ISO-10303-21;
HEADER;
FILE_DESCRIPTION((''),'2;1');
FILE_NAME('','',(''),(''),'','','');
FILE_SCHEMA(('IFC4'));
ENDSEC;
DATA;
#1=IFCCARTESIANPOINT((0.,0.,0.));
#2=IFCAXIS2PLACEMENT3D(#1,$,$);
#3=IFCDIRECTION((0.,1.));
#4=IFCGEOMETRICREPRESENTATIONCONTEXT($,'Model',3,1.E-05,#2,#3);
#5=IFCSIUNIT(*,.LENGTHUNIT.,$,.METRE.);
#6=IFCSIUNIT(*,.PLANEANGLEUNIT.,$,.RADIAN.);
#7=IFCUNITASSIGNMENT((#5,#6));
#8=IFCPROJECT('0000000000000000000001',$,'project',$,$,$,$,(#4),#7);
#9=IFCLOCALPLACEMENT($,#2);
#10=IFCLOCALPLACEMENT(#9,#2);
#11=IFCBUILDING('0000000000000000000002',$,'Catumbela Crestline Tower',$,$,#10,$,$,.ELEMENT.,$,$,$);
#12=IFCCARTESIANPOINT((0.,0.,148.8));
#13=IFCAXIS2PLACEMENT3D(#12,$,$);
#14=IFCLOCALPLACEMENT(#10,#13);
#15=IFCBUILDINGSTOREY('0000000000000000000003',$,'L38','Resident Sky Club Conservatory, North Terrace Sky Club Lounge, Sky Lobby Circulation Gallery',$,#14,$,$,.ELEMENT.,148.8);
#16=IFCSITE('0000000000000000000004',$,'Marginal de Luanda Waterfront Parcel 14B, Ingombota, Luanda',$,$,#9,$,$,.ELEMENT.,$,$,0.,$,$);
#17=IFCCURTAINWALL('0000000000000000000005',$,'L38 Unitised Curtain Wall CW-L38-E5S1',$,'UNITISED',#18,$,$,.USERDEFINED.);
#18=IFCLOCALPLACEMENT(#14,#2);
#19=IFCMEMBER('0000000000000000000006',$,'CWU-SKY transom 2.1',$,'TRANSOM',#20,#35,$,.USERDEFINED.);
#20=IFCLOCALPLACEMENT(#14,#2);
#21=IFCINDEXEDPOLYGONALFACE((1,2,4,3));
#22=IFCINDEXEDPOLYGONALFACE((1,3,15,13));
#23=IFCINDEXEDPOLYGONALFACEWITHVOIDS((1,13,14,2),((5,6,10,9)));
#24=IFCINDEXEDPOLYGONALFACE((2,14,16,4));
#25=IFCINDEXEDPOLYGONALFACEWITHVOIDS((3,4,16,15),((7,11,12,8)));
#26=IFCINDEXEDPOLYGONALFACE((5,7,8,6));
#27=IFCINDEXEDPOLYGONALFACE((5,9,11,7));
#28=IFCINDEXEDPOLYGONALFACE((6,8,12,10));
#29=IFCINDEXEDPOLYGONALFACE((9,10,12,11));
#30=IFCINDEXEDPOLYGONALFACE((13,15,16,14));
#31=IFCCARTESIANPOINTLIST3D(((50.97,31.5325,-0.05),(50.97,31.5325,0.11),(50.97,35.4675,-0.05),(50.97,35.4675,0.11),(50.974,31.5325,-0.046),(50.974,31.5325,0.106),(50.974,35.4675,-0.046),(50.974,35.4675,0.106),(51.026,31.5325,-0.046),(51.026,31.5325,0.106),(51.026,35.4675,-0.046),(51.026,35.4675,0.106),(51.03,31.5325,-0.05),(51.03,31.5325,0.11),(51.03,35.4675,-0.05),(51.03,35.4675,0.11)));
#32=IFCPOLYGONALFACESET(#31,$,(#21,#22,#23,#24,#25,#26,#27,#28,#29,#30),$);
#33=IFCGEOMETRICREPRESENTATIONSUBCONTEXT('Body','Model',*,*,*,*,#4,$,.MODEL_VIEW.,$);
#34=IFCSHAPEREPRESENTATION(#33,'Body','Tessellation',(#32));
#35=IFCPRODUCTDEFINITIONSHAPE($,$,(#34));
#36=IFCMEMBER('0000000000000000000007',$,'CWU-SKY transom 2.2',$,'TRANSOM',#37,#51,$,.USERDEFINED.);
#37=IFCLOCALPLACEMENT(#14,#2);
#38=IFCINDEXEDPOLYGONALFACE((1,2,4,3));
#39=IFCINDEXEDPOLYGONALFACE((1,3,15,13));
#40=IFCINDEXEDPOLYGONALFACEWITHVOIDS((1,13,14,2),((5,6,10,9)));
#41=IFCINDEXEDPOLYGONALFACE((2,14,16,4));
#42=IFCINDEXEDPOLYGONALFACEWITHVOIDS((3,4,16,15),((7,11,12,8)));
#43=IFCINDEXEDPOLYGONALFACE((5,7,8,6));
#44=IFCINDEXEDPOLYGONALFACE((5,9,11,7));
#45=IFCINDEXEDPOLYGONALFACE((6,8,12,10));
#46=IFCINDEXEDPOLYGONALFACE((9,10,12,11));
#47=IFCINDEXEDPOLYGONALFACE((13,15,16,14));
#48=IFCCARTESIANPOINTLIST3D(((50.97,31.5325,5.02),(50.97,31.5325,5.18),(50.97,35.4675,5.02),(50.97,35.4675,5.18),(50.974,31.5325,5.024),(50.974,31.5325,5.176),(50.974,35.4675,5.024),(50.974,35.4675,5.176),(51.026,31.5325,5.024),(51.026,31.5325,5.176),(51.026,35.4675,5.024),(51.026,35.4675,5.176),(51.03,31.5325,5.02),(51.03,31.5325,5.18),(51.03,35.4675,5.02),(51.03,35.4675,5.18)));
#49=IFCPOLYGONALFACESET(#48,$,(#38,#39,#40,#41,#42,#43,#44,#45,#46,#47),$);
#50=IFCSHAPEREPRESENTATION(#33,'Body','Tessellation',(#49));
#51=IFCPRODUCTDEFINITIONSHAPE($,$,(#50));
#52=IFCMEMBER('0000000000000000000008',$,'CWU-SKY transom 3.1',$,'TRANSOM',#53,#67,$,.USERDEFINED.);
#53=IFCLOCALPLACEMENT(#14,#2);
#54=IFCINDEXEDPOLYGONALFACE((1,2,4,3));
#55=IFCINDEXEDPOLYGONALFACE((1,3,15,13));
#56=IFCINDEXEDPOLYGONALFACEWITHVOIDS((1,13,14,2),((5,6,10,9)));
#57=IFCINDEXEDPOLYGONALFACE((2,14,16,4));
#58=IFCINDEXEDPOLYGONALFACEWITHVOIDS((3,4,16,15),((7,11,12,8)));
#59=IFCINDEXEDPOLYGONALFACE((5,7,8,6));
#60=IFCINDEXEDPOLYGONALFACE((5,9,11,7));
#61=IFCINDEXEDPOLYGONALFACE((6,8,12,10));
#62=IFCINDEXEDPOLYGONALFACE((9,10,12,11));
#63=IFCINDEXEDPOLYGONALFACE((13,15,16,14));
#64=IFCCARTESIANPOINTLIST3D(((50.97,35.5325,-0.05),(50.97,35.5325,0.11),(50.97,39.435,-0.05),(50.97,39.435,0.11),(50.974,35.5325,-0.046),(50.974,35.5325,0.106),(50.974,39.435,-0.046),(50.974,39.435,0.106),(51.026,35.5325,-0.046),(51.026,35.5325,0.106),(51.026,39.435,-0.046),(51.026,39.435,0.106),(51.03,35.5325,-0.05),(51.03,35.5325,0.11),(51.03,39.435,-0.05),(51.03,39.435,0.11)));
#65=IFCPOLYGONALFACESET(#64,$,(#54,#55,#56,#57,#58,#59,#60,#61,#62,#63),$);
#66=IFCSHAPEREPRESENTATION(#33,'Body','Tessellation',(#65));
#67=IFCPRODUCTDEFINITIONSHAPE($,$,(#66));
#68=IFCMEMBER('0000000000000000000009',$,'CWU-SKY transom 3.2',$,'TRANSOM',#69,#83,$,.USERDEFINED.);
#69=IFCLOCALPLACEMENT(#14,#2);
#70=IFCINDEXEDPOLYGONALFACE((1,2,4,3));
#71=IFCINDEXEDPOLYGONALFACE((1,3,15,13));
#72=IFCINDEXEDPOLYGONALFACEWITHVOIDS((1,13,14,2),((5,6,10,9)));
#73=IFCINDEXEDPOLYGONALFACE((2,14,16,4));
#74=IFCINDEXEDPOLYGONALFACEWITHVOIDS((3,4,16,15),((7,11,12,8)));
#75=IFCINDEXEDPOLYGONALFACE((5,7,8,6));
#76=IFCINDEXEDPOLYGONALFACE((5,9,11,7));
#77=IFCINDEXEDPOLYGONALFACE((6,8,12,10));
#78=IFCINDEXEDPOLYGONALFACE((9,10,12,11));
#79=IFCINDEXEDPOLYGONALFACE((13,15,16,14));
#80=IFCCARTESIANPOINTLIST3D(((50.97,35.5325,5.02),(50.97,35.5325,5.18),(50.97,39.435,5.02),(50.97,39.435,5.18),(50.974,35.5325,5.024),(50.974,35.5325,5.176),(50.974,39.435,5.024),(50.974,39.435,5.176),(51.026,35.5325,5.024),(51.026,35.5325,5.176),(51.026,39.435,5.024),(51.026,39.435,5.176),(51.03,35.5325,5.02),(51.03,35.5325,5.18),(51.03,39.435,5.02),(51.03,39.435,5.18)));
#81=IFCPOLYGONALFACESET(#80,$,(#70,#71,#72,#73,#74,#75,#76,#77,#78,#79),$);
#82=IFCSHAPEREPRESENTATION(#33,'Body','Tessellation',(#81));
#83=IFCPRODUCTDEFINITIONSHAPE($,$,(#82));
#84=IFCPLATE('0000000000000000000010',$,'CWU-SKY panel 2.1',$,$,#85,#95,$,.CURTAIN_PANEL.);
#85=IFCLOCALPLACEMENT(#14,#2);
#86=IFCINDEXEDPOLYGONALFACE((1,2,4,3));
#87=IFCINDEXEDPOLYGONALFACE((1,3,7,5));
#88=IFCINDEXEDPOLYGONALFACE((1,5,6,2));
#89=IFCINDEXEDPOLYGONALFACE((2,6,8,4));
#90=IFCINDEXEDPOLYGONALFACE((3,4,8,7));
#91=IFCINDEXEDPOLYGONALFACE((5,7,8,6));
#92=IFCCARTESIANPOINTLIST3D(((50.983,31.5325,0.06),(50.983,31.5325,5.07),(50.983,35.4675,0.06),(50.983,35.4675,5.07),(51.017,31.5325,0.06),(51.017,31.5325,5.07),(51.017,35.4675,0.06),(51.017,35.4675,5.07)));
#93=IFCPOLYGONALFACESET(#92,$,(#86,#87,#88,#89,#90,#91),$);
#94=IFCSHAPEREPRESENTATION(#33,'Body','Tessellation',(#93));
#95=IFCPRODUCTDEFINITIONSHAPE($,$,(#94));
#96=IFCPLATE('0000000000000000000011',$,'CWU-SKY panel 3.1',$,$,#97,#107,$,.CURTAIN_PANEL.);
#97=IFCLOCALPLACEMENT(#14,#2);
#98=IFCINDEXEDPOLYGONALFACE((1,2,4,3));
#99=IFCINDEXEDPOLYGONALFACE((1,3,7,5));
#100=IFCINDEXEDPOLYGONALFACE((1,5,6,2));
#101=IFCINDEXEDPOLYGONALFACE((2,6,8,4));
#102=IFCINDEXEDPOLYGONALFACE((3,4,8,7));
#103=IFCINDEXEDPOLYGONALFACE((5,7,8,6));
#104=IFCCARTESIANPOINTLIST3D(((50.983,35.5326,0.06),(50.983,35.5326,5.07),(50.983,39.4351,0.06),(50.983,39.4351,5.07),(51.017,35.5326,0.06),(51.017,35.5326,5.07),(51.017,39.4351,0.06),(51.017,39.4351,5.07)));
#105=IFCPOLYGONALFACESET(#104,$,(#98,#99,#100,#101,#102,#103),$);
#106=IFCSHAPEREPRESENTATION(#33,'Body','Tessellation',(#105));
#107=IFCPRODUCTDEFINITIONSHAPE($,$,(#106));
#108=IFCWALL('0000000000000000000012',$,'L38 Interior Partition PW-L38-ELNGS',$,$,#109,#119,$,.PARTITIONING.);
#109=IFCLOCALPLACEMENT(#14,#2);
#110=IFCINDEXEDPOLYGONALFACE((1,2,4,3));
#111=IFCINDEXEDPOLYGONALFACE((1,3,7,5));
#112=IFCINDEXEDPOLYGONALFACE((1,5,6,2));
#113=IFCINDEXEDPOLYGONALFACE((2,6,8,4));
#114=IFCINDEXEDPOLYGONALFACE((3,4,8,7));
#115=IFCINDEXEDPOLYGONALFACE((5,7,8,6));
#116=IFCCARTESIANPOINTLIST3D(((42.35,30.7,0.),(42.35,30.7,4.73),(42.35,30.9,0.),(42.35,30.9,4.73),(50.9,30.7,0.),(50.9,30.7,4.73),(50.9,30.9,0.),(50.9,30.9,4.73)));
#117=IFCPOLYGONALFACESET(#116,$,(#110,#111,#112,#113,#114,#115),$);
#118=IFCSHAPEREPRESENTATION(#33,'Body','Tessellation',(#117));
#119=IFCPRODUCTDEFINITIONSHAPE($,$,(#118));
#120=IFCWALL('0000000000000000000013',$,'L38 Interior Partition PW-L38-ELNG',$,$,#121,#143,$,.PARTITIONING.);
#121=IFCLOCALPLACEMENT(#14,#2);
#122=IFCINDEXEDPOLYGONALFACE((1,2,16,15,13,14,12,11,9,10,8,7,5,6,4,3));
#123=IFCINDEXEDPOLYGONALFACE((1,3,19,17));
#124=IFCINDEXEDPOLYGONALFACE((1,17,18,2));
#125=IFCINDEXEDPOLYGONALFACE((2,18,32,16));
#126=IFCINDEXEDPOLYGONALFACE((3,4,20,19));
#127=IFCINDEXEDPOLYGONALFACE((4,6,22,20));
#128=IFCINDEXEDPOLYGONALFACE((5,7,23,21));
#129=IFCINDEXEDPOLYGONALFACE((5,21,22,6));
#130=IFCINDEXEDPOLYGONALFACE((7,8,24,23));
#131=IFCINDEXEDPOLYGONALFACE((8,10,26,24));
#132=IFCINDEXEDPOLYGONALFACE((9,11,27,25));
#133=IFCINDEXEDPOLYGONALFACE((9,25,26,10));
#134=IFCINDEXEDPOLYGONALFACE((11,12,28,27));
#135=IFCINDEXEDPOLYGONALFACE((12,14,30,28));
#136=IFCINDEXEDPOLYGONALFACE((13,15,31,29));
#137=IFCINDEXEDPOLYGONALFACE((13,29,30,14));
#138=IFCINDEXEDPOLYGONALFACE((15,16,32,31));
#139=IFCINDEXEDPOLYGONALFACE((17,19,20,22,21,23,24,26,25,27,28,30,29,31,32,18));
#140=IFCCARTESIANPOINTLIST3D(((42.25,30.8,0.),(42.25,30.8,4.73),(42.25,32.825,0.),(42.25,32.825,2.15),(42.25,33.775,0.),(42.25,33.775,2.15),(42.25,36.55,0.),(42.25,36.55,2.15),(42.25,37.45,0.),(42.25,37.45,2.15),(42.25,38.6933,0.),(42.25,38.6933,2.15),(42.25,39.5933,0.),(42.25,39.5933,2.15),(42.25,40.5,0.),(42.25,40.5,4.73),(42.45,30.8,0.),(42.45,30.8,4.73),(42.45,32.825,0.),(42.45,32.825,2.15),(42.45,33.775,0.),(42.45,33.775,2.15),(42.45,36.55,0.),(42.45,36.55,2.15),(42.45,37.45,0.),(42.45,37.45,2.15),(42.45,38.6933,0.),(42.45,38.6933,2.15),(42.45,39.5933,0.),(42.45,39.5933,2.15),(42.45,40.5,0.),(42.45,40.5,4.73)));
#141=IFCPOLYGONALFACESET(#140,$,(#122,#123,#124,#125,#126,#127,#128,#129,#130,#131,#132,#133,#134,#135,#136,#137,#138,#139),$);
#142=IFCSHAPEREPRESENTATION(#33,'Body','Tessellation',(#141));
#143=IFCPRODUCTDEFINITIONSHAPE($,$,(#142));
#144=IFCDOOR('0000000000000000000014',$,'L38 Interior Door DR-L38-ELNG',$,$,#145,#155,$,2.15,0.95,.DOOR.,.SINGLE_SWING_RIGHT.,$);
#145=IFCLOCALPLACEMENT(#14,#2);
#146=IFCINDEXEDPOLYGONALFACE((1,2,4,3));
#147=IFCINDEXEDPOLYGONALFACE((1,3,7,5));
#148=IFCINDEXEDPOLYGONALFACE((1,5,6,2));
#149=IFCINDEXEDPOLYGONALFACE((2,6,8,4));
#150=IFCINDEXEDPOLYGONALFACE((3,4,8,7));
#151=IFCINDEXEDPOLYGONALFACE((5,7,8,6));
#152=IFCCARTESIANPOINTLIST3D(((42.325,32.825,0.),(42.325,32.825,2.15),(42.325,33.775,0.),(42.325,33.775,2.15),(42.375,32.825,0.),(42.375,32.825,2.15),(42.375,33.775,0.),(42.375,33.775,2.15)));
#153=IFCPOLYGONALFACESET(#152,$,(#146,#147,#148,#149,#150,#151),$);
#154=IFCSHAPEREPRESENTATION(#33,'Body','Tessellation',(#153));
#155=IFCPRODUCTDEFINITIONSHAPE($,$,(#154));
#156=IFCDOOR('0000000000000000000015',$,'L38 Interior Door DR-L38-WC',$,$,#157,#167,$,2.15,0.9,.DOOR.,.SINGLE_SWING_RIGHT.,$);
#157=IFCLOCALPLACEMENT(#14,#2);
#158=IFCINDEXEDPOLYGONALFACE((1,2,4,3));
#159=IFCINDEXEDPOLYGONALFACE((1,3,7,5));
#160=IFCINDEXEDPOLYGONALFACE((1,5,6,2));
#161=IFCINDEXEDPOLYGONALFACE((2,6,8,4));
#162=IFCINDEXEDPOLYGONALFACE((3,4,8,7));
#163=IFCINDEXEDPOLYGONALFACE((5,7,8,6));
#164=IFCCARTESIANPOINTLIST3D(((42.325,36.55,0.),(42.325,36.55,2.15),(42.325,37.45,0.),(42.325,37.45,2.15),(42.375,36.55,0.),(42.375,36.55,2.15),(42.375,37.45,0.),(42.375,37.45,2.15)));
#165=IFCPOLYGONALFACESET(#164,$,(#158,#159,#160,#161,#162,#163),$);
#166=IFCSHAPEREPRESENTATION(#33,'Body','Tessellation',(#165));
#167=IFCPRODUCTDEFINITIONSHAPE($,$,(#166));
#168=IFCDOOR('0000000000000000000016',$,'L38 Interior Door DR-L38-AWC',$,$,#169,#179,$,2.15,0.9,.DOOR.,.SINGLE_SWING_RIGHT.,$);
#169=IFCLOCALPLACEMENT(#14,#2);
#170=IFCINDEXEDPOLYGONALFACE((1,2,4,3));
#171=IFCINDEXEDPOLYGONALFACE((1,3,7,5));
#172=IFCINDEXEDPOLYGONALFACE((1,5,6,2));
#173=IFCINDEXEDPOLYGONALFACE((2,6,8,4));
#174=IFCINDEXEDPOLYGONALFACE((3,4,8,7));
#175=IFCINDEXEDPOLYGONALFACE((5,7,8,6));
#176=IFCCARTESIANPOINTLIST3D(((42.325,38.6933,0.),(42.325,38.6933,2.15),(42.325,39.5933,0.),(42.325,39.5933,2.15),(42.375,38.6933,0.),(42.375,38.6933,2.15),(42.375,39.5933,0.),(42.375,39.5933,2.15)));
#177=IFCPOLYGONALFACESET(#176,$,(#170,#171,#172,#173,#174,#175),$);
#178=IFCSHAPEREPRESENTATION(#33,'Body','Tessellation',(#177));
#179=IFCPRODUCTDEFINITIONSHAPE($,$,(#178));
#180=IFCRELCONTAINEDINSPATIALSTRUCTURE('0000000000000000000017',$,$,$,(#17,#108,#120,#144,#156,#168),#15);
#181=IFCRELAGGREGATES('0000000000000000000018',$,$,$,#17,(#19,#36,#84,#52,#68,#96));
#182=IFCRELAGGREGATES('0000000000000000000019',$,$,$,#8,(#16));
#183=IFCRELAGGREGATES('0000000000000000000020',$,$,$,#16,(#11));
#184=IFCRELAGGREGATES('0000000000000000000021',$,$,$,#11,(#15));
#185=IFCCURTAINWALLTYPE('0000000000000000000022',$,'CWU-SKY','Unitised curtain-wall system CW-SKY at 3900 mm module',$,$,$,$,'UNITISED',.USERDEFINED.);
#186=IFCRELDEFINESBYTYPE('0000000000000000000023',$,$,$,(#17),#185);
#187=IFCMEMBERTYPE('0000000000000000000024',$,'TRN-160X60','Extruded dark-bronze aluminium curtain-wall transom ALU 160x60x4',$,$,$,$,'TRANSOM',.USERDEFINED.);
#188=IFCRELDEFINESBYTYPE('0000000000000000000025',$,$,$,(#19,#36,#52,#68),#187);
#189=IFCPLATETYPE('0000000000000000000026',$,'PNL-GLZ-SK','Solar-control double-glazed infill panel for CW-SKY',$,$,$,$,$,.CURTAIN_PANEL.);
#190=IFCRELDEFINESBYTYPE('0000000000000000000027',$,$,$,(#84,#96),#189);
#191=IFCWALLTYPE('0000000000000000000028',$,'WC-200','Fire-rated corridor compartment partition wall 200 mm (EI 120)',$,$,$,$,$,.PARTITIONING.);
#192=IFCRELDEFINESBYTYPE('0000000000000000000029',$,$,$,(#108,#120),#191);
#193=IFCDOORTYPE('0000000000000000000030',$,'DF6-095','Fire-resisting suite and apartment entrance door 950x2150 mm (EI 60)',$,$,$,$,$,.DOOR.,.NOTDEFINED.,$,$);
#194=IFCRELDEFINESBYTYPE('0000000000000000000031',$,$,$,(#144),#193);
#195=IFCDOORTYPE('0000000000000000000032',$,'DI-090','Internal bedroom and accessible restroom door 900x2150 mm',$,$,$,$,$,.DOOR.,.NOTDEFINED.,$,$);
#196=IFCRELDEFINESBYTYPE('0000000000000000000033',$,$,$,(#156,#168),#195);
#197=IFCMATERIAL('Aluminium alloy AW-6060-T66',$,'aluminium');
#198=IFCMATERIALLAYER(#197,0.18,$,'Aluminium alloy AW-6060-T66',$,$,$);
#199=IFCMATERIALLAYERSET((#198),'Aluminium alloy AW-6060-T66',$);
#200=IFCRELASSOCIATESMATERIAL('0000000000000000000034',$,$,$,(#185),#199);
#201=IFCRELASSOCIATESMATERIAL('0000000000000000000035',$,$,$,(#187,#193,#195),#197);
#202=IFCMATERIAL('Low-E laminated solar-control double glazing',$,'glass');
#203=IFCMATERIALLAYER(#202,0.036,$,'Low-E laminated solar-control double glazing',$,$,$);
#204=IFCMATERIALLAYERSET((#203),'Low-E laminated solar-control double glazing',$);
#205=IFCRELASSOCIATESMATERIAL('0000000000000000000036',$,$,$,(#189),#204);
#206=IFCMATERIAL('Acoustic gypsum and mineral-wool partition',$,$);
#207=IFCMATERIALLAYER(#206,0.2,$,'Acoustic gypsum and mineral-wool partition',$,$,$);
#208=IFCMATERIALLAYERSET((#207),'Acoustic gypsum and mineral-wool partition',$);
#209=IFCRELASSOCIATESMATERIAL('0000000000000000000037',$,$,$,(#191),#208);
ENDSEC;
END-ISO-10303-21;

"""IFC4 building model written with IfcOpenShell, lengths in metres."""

from ifc_helpers import new_model, si_unit, direction, frame, frame_2d, origin, origin_2d, place, context, subcontext, project, spatial, rectangle, hollow_rectangle, extrude, material, layer, layer_set, material_profile, profile_set, type_object, element, fill, aggregate, save


model = new_model("IFC4")

# Units and contexts
model_context = context("Model", 3, precision=1e-05, world=origin(), true_north=direction((0.0, 1.0)))
body_context = subcontext(model_context, "Body", "Model", "MODEL_VIEW")
ifc_project = project(units=[si_unit("LENGTHUNIT", "METRE"), si_unit("PLANEANGLEUNIT", "RADIAN")], contexts=[model_context])

# Site, building, storey
site_placement = place(None, origin())
site = spatial("IfcSite", under=ifc_project, at=site_placement, Name="Marginal de Luanda Waterfront Parcel 14B, Ingombota, Luanda", CompositionType="ELEMENT", RefElevation=0.0)
building_placement = place(site_placement, origin())
building = spatial("IfcBuilding", under=site, at=building_placement, Name="Catumbela Crestline Tower", CompositionType="ELEMENT")
storey_placement = place(building_placement, frame((0.0, 0.0, 148.8)))
storey = spatial("IfcBuildingStorey", under=building, at=storey_placement, Name="L38", Description="Resident Sky Club Conservatory, North Terrace Sky Club Lounge, Sky Lobby Circulation Gallery", CompositionType="ELEMENT", Elevation=148.8)

# Curtain wall
ifc_material_1 = material(Name="Aluminium alloy AW-6060-T66", Category="aluminium")
ifc_layer_1 = layer(ifc_material_1, 0.18, Name="Aluminium alloy AW-6060-T66")
ifc_layer_set_1 = layer_set([ifc_layer_1], Name="Aluminium alloy AW-6060-T66")
curtain_wall_type = type_object("IfcCurtainWallType", Name="CWU-SKY", Description="Unitised curtain-wall system CW-SKY at 3900 mm module", ElementType="UNITISED", PredefinedType="USERDEFINED", material=ifc_layer_set_1)
curtain_wall_placement = place(storey_placement, origin())
curtain_wall = element("IfcCurtainWall", 1, at=curtain_wall_placement, inside=storey, type_object=curtain_wall_type, Name="L38 Unitised Curtain Wall CW-L38-E5S1", ObjectType="UNITISED", PredefinedType="USERDEFINED")

# Members
ifc_material_profile_1 = material_profile(ifc_material_1, hollow_rectangle(XDim=0.06, YDim=0.16, WallThickness=0.004, at=origin_2d()), Name="ALU 160x60x4")
ifc_profile_set_1 = profile_set([ifc_material_profile_1], Name="Aluminium alloy AW-6060-T66")
member_type_1 = type_object("IfcMemberType", Name="TRN-160X60", Description="Extruded dark-bronze aluminium curtain-wall transom ALU 160x60x4", ElementType="TRANSOM", PredefinedType="USERDEFINED", material=ifc_profile_set_1)
member_1_placement = place(storey_placement, frame((51.0, 31.5325, 0.03), z_axis=(0.0, 1.0, 0.0), x_axis=(-1.0, 0.0, 0.0)))
member_1 = element("IfcMember", 2, at=member_1_placement, type_object=member_type_1, Name="CWU-SKY transom 2.1", ObjectType="TRANSOM", PredefinedType="USERDEFINED", context=body_context, shape_type="SweptSolid", body=[
    extrude(hollow_rectangle(XDim=0.06, YDim=0.16, WallThickness=0.004, at=origin_2d()), origin(), (0.0, 0.0, 1.0), 3.935),
])
member_2_placement = place(storey_placement, frame((51.0, 31.5325, 5.1), z_axis=(0.0, 1.0, 0.0), x_axis=(-1.0, 0.0, 0.0)))
member_2 = element("IfcMember", 3, at=member_2_placement, type_object=member_type_1, Name="CWU-SKY transom 2.2", ObjectType="TRANSOM", PredefinedType="USERDEFINED", context=body_context, shape_type="SweptSolid", body=[
    extrude(hollow_rectangle(XDim=0.06, YDim=0.16, WallThickness=0.004, at=origin_2d()), origin(), (0.0, 0.0, 1.0), 3.935),
])
member_3_placement = place(storey_placement, frame((51.0, 35.5325, 0.03), z_axis=(0.0, 1.0, 0.0), x_axis=(-1.0, 0.0, 0.0)))
member_3 = element("IfcMember", 4, at=member_3_placement, type_object=member_type_1, Name="CWU-SKY transom 3.1", ObjectType="TRANSOM", PredefinedType="USERDEFINED", context=body_context, shape_type="SweptSolid", body=[
    extrude(hollow_rectangle(XDim=0.06, YDim=0.16, WallThickness=0.004, at=origin_2d()), origin(), (0.0, 0.0, 1.0), 3.9025),
])
member_4_placement = place(storey_placement, frame((51.0, 35.5325, 5.1), z_axis=(0.0, 1.0, 0.0), x_axis=(-1.0, 0.0, 0.0)))
member_4 = element("IfcMember", 5, at=member_4_placement, type_object=member_type_1, Name="CWU-SKY transom 3.2", ObjectType="TRANSOM", PredefinedType="USERDEFINED", context=body_context, shape_type="SweptSolid", body=[
    extrude(hollow_rectangle(XDim=0.06, YDim=0.16, WallThickness=0.004, at=origin_2d()), origin(), (0.0, 0.0, 1.0), 3.9025),
])

# Plates
ifc_material_2 = material(Name="Low-E laminated solar-control double glazing", Category="glass")
ifc_layer_2 = layer(ifc_material_2, 0.036, Name="Low-E laminated solar-control double glazing")
ifc_layer_set_2 = layer_set([ifc_layer_2], Name="Low-E laminated solar-control double glazing")
plate_type = type_object("IfcPlateType", Name="PNL-GLZ-SK", Description="Solar-control double-glazed infill panel for CW-SKY", PredefinedType="CURTAIN_PANEL", material=ifc_layer_set_2)
plate_1_placement = place(storey_placement, frame((51.0, 33.5, 0.06), z_axis=(0.0, 0.0, 1.0), x_axis=(0.0, 1.0, 0.0)))
plate_1 = element("IfcPlate", 6, at=plate_1_placement, type_object=plate_type, Name="CWU-SKY panel 2.1", PredefinedType="CURTAIN_PANEL", context=body_context, shape_type="SweptSolid", body=[
    extrude(rectangle(XDim=3.935, YDim=0.034, at=origin_2d()), origin(), (0.0, 0.0, 1.0), 5.01),
])
plate_2_placement = place(storey_placement, frame((51.0, 37.4838, 0.06), z_axis=(0.0, 0.0, 1.0), x_axis=(0.0, 1.0, 0.0)))
plate_2 = element("IfcPlate", 7, at=plate_2_placement, type_object=plate_type, Name="CWU-SKY panel 3.1", PredefinedType="CURTAIN_PANEL", context=body_context, shape_type="SweptSolid", body=[
    extrude(rectangle(XDim=3.9025, YDim=0.034, at=origin_2d()), origin(), (0.0, 0.0, 1.0), 5.01),
])
aggregate(curtain_wall, [member_1, member_2, plate_1, member_3, member_4, plate_2])

# Wall
ifc_material_3 = material(Name="Acoustic gypsum and mineral-wool partition")
ifc_layer_3 = layer(ifc_material_3, 0.2, Name="Acoustic gypsum and mineral-wool partition")
ifc_layer_set_3 = layer_set([ifc_layer_3], Name="Acoustic gypsum and mineral-wool partition")
wall_type_1 = type_object("IfcWallType", Name="WC-200", Description="Fire-rated corridor compartment partition wall 200 mm (EI 120)", PredefinedType="PARTITIONING", material=ifc_layer_set_3)
wall_1_placement = place(storey_placement, frame((42.35, 30.8, 0.0), z_axis=(0.0, 0.0, 1.0), x_axis=(1.0, 0.0, 0.0)))
element("IfcWall", 8, at=wall_1_placement, inside=storey, type_object=wall_type_1, Name="L38 Interior Partition PW-L38-ELNGS", PredefinedType="PARTITIONING", context=body_context, shape_type="SweptSolid", body=[
    extrude(rectangle(XDim=8.55, YDim=0.2, at=frame_2d((4.275, 0.0))), origin(), (0.0, 0.0, 1.0), 4.73),
])

# Wall, openings, doors
wall_2_placement = place(storey_placement, frame((42.35, 30.8, 0.0), z_axis=(0.0, 0.0, 1.0), x_axis=(0.0, 1.0, 0.0)))
wall_2 = element("IfcWall", 9, at=wall_2_placement, inside=storey, type_object=wall_type_1, Name="L38 Interior Partition PW-L38-ELNG", PredefinedType="PARTITIONING", context=body_context, shape_type="SweptSolid", body=[
    extrude(rectangle(XDim=9.7, YDim=0.2, at=frame_2d((4.85, 0.0))), origin(), (0.0, 0.0, 1.0), 4.73),
])
opening_1_placement = place(wall_2_placement, frame((2.025, 0.0, 0.0)))
opening_1 = element("IfcOpeningElement", 10, at=opening_1_placement, cuts=wall_2, PredefinedType="OPENING", context=body_context, shape_type="SweptSolid", body=[
    extrude(rectangle(XDim=0.95, YDim=2.15, at=frame_2d((0.475, 1.075))), frame((0.0, 0.11, 0.0), z_axis=(0.0, -1.0, 0.0), x_axis=(1.0, 0.0, 0.0)), (0.0, 0.0, 1.0), 0.22),
])
opening_2_placement = place(wall_2_placement, frame((5.75, 0.0, 0.0)))
opening_2 = element("IfcOpeningElement", 11, at=opening_2_placement, cuts=wall_2, PredefinedType="OPENING", context=body_context, shape_type="SweptSolid", body=[
    extrude(rectangle(XDim=0.9, YDim=2.15, at=frame_2d((0.45, 1.075))), frame((0.0, 0.11, 0.0), z_axis=(0.0, -1.0, 0.0), x_axis=(1.0, 0.0, 0.0)), (0.0, 0.0, 1.0), 0.22),
])
opening_3_placement = place(wall_2_placement, frame((7.8933, 0.0, 0.0)))
opening_3 = element("IfcOpeningElement", 12, at=opening_3_placement, cuts=wall_2, PredefinedType="OPENING", context=body_context, shape_type="SweptSolid", body=[
    extrude(rectangle(XDim=0.9, YDim=2.15, at=frame_2d((0.45, 1.075))), frame((0.0, 0.11, 0.0), z_axis=(0.0, -1.0, 0.0), x_axis=(1.0, 0.0, 0.0)), (0.0, 0.0, 1.0), 0.22),
])
door_type_1 = type_object("IfcDoorType", Name="DF6-095", Description="Fire-resisting suite and apartment entrance door 950x2150 mm (EI 60)", OperationType="NOTDEFINED", PredefinedType="DOOR", material=ifc_material_1)
door_1_placement = place(opening_1_placement, origin())
door_1 = element("IfcDoor", 13, at=door_1_placement, inside=storey, type_object=door_type_1, Name="L38 Interior Door DR-L38-ELNG", OperationType="SINGLE_SWING_RIGHT", OverallHeight=2.15, OverallWidth=0.95, PredefinedType="DOOR", context=body_context, shape_type="SweptSolid", body=[
    extrude(rectangle(XDim=0.95, YDim=2.15, at=frame_2d((0.475, 1.075))), frame((0.0, 0.025, 0.0), z_axis=(0.0, -1.0, 0.0), x_axis=(1.0, 0.0, 0.0)), (0.0, 0.0, 1.0), 0.05),
])
fill(opening_1, door_1)
door_type_2 = type_object("IfcDoorType", Name="DI-090", Description="Internal bedroom and accessible restroom door 900x2150 mm", OperationType="NOTDEFINED", PredefinedType="DOOR", material=ifc_material_1)
door_2_placement = place(opening_2_placement, origin())
door_2 = element("IfcDoor", 14, at=door_2_placement, inside=storey, type_object=door_type_2, Name="L38 Interior Door DR-L38-WC", OperationType="SINGLE_SWING_RIGHT", OverallHeight=2.15, OverallWidth=0.9, PredefinedType="DOOR", context=body_context, shape_type="SweptSolid", body=[
    extrude(rectangle(XDim=0.9, YDim=2.15, at=frame_2d((0.45, 1.075))), frame((0.0, 0.025, 0.0), z_axis=(0.0, -1.0, 0.0), x_axis=(1.0, 0.0, 0.0)), (0.0, 0.0, 1.0), 0.05),
])
fill(opening_2, door_2)
door_3_placement = place(opening_3_placement, origin())
door_3 = element("IfcDoor", 15, at=door_3_placement, inside=storey, type_object=door_type_2, Name="L38 Interior Door DR-L38-AWC", OperationType="SINGLE_SWING_RIGHT", OverallHeight=2.15, OverallWidth=0.9, PredefinedType="DOOR", context=body_context, shape_type="SweptSolid", body=[
    extrude(rectangle(XDim=0.9, YDim=2.15, at=frame_2d((0.45, 1.075))), frame((0.0, 0.025, 0.0), z_axis=(0.0, -1.0, 0.0), x_axis=(1.0, 0.0, 0.0)), (0.0, 0.0, 1.0), 0.05),
])
fill(opening_3, door_3)

save(model, "model.ifc")
